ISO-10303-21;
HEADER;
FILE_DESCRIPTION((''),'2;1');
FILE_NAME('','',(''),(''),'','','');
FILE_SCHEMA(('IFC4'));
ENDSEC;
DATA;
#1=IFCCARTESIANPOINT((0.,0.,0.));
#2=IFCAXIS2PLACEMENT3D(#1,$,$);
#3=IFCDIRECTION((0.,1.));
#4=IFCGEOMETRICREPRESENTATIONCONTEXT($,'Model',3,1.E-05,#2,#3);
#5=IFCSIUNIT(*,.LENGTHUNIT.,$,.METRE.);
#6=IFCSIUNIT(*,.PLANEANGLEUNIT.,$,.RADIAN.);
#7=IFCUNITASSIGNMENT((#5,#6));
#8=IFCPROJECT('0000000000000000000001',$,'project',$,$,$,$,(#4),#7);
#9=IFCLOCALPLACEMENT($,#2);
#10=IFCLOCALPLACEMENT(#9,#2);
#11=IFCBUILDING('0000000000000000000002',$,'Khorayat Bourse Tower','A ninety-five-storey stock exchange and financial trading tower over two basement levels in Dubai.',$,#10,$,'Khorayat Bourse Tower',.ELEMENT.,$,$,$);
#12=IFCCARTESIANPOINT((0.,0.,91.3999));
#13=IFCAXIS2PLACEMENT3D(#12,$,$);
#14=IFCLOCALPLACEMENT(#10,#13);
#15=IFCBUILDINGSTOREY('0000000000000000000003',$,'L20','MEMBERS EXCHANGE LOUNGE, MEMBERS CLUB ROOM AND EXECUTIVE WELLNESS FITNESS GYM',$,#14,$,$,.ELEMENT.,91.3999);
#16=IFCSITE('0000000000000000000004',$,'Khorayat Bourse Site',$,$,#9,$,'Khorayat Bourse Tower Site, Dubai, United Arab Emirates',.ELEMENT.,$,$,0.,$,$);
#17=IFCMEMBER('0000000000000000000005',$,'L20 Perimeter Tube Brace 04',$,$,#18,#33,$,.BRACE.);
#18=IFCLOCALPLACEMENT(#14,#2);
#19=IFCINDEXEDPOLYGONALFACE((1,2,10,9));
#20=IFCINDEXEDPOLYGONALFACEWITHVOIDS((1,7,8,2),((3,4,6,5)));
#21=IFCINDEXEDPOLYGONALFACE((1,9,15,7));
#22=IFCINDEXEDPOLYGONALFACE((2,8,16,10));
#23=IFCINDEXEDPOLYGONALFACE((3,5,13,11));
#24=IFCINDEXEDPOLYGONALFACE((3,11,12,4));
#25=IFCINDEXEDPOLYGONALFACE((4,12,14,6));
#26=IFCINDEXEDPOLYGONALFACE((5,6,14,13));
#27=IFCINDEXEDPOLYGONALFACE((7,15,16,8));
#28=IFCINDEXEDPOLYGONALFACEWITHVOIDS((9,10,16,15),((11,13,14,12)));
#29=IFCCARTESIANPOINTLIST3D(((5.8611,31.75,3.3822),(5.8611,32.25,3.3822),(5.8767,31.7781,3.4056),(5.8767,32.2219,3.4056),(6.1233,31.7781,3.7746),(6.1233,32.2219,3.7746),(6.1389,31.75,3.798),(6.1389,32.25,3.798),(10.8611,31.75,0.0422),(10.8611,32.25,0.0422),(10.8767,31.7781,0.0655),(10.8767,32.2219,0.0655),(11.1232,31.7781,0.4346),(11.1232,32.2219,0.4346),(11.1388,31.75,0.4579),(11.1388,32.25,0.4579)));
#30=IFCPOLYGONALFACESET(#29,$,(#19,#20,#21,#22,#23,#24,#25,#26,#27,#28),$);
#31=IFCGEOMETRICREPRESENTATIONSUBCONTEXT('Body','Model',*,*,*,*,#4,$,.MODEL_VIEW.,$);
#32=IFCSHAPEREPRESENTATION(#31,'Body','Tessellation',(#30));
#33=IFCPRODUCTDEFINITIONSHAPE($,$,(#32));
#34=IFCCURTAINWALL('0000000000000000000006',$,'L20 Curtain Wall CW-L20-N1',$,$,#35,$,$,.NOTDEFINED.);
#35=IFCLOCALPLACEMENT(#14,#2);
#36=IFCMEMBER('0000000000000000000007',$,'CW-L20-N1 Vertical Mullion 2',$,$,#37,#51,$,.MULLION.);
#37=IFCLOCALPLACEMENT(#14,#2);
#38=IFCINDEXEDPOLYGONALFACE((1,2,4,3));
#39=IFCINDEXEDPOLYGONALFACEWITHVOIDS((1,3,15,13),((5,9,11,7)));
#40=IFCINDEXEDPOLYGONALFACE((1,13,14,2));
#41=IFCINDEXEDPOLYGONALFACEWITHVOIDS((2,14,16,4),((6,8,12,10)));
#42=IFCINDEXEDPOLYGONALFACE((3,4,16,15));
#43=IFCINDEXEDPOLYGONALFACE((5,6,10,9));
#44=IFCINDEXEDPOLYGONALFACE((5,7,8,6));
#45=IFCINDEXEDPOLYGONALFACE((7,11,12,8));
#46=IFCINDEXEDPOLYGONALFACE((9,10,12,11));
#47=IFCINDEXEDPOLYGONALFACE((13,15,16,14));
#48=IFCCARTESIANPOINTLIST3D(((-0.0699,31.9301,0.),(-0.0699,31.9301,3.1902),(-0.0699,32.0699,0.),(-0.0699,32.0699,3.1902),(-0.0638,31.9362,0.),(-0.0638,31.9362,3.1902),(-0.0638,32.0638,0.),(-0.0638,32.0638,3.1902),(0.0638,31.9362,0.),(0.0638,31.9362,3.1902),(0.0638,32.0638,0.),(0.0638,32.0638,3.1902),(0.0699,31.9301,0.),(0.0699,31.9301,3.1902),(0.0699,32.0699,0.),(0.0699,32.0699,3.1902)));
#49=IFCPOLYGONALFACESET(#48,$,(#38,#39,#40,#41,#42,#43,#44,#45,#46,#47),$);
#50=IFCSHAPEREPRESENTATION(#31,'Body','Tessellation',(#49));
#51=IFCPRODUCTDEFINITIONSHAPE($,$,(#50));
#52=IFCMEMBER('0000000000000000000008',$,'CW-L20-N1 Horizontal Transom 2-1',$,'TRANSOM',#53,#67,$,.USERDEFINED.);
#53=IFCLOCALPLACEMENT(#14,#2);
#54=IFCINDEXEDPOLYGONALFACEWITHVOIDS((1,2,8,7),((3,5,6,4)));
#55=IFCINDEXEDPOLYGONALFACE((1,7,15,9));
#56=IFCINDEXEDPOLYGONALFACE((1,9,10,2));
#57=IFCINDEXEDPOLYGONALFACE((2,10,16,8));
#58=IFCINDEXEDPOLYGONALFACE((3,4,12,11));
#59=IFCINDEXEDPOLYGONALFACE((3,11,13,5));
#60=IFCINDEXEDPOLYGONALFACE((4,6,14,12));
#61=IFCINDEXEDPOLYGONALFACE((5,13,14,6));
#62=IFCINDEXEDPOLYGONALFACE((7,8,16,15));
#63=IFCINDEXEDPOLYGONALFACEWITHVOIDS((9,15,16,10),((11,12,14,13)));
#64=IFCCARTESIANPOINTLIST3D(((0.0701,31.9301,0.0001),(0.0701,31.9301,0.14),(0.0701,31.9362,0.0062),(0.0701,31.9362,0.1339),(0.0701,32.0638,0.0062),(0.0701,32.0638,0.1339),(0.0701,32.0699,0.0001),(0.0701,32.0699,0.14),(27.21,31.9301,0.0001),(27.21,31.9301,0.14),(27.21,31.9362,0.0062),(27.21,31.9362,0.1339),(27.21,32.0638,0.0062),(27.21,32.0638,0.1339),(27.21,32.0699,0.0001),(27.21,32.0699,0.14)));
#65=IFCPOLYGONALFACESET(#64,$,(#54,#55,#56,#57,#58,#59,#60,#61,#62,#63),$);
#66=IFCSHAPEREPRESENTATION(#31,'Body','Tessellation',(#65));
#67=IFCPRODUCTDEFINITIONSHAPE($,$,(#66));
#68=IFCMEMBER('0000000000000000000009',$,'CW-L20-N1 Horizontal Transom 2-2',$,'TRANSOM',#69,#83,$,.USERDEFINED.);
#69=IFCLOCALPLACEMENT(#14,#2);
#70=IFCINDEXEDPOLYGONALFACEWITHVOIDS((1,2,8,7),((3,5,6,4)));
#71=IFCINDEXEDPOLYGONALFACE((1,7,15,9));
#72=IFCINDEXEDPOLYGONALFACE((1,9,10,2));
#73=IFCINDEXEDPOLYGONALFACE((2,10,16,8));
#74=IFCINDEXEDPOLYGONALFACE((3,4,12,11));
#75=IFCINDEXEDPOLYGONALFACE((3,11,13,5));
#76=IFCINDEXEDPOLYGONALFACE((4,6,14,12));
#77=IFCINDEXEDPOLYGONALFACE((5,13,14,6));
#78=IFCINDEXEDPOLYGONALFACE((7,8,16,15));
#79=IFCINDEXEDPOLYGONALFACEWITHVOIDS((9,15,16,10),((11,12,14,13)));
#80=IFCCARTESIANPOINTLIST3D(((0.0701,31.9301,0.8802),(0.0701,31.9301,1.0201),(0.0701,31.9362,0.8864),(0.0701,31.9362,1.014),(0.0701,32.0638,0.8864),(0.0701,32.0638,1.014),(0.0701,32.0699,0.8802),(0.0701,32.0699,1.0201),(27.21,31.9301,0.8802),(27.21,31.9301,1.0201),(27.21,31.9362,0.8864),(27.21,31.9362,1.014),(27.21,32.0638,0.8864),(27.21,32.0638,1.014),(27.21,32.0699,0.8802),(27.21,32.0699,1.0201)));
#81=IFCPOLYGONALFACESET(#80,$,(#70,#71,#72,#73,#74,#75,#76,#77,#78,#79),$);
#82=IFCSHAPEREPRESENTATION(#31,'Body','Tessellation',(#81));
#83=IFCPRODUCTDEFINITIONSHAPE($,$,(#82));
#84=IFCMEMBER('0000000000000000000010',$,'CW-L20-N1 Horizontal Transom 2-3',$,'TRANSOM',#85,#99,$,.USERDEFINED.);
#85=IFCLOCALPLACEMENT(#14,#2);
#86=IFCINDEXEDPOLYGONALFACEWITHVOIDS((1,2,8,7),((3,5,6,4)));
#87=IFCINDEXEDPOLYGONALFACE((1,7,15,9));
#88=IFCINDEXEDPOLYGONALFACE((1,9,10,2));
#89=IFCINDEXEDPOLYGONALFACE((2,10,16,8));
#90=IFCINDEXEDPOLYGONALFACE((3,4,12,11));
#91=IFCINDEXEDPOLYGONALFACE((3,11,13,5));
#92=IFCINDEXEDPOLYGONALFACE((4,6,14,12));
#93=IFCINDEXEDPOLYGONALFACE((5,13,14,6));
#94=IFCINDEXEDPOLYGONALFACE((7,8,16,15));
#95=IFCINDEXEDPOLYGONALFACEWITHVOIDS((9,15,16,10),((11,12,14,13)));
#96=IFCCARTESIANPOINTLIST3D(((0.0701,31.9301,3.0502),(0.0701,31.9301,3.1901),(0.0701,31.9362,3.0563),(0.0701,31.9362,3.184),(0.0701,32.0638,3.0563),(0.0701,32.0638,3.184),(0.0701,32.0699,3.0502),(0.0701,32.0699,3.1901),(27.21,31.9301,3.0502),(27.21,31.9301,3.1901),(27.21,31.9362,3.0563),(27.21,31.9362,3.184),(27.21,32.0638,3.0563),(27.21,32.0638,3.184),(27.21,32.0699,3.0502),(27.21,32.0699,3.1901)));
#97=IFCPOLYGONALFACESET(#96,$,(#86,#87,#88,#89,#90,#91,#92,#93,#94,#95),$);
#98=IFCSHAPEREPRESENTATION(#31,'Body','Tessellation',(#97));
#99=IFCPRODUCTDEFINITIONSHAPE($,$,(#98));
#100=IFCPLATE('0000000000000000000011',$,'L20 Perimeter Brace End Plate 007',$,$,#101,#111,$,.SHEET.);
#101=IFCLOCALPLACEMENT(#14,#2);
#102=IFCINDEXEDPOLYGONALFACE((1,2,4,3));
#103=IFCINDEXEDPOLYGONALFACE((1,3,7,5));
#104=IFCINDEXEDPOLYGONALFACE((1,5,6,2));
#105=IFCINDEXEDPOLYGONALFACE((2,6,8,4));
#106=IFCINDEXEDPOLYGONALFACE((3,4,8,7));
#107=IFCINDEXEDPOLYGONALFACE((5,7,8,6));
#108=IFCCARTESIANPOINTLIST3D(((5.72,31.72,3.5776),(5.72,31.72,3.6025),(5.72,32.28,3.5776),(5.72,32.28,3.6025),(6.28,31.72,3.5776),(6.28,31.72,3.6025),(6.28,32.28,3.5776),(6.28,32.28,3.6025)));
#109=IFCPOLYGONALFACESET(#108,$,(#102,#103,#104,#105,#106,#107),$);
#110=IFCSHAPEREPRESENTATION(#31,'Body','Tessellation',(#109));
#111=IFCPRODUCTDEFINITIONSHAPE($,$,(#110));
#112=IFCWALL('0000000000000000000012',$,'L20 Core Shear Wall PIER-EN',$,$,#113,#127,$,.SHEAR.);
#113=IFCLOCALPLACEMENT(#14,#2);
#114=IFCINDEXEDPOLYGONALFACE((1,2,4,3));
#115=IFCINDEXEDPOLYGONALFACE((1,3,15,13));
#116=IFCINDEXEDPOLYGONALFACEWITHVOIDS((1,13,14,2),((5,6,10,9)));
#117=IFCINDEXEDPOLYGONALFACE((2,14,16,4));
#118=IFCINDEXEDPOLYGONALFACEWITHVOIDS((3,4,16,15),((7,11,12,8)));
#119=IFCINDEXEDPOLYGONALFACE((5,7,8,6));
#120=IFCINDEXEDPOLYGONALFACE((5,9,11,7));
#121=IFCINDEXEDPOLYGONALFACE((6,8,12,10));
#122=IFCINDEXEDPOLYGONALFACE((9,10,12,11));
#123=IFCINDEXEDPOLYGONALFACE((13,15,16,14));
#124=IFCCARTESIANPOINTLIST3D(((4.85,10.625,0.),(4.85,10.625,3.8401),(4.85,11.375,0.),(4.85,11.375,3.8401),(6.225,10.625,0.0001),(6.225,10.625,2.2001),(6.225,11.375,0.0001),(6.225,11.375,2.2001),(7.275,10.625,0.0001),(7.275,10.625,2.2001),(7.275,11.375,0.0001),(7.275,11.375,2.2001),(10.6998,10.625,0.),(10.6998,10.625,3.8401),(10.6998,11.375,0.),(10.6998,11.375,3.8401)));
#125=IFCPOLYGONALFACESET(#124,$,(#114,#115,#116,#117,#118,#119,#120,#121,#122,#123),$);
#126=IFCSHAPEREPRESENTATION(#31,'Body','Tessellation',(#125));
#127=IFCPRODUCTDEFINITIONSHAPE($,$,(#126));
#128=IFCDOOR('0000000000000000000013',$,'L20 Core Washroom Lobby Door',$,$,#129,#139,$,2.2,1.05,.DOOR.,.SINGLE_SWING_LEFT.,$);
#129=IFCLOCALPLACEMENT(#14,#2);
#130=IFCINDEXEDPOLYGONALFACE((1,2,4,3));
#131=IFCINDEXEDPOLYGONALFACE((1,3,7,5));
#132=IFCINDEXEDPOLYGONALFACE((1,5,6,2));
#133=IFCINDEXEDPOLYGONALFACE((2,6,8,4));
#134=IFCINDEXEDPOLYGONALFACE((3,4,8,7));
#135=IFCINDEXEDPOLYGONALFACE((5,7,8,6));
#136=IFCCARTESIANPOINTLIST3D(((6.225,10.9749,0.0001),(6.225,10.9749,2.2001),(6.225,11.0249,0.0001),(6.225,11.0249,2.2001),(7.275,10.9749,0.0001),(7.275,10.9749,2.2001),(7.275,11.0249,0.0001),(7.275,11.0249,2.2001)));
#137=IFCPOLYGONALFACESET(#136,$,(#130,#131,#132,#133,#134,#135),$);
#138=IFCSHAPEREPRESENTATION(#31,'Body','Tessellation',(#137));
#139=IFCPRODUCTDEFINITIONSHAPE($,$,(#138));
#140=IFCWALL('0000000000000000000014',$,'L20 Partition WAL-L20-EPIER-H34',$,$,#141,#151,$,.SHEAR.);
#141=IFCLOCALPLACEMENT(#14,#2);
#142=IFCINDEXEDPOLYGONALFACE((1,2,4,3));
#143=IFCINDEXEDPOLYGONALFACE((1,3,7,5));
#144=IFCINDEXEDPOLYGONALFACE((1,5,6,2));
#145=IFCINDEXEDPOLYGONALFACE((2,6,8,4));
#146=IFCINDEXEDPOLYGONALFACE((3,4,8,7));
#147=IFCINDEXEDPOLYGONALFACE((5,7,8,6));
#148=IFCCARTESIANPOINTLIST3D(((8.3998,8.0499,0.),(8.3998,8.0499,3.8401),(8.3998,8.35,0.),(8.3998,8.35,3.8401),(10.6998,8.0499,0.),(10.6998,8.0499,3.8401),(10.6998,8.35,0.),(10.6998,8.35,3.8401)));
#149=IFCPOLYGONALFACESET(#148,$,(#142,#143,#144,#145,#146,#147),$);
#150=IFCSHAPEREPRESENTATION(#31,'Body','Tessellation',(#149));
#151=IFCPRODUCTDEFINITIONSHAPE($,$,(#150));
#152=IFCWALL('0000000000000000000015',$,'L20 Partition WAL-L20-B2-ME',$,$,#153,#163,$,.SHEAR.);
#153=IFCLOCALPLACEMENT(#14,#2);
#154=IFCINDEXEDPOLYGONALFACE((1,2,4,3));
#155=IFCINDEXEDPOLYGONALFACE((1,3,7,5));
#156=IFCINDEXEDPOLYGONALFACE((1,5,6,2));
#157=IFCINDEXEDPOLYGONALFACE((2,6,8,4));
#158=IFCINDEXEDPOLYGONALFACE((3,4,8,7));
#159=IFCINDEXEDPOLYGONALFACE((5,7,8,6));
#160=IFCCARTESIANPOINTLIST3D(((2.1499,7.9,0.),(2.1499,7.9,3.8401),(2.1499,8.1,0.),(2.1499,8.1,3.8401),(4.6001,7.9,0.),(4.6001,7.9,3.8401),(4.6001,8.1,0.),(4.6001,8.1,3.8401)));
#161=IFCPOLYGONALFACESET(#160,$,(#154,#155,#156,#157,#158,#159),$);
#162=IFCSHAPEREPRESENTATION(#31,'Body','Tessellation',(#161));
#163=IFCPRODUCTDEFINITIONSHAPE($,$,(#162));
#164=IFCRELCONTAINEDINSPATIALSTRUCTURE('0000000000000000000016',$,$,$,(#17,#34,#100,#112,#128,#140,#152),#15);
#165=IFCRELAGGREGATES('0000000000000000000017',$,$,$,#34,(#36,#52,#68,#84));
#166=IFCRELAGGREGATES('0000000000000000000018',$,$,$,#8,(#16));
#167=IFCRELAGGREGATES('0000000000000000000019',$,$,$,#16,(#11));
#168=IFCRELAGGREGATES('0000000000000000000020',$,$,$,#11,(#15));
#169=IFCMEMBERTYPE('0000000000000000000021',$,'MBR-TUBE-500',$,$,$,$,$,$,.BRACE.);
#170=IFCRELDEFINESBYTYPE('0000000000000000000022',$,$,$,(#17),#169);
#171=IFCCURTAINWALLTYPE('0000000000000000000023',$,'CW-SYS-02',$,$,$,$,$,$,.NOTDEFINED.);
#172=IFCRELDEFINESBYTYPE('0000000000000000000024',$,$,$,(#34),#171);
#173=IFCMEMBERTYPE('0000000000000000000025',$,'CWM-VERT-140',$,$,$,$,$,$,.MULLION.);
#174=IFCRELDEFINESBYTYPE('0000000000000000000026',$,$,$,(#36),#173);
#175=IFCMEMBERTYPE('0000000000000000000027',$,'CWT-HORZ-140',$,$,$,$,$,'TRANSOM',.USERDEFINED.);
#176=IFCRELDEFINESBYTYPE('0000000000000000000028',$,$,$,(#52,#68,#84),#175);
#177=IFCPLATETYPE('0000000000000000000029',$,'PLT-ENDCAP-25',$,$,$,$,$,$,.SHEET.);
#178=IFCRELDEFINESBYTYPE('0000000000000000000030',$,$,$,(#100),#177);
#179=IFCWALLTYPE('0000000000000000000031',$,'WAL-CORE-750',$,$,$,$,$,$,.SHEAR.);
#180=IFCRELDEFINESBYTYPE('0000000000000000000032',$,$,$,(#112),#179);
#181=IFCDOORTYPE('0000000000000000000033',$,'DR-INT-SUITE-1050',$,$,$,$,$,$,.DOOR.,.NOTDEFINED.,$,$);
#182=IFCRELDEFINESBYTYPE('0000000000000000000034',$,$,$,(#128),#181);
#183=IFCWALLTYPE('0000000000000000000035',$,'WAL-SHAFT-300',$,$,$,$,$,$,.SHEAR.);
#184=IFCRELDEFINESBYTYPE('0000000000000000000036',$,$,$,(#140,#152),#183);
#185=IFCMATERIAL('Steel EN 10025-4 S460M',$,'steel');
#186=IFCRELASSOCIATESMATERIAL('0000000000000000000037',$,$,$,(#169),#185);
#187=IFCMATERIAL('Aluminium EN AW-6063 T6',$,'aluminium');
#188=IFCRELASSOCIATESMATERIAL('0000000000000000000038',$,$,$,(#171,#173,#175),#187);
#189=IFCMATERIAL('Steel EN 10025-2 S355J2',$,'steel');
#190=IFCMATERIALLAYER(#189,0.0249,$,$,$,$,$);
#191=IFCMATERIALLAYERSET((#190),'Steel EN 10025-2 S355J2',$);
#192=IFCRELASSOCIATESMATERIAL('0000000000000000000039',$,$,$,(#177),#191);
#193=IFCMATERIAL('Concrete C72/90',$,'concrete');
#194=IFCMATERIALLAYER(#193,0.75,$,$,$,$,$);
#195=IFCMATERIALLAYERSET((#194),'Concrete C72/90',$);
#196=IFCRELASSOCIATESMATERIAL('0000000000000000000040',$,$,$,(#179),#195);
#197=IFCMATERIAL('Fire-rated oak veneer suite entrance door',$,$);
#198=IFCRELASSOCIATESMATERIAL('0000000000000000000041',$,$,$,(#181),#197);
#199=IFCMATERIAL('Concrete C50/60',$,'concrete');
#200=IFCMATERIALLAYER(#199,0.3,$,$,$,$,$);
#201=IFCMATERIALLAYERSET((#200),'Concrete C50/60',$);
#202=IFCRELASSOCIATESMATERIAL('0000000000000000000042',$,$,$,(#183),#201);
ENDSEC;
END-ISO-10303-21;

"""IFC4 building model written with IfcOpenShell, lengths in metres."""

from ifc_helpers import new_model, si_unit, direction, frame, frame_2d, origin, origin_2d, place, context, subcontext, project, spatial, rectangle, hollow_rectangle, extrude, source, transform, mapped, material, layer, layer_set, material_profile, profile_set, type_object, element, fill, aggregate, save


model = new_model("IFC4")

# Units and contexts
model_context = context("Model", 3, precision=1e-05, world=origin(), true_north=direction((0.0, 1.0)))
body_context = subcontext(model_context, "Body", "Model", "MODEL_VIEW")
ifc_project = project(units=[si_unit("LENGTHUNIT", "METRE"), si_unit("PLANEANGLEUNIT", "RADIAN")], contexts=[model_context])

# Site, building, storey
site_placement = place(None, origin())
site = spatial("IfcSite", under=ifc_project, at=site_placement, Name="Khorayat Bourse Site", LongName="Khorayat Bourse Tower Site, Dubai, United Arab Emirates", CompositionType="ELEMENT", RefElevation=0.0)
building_placement = place(site_placement, origin())
building = spatial("IfcBuilding", under=site, at=building_placement, Name="Khorayat Bourse Tower", Description="A ninety-five-storey stock exchange and financial trading tower over two basement levels in Dubai.", LongName="Khorayat Bourse Tower", CompositionType="ELEMENT")
storey_placement = place(building_placement, frame((0.0, 0.0, 91.3999)))
storey = spatial("IfcBuildingStorey", under=building, at=storey_placement, Name="L20", Description="MEMBERS EXCHANGE LOUNGE, MEMBERS CLUB ROOM AND EXECUTIVE WELLNESS FITNESS GYM", CompositionType="ELEMENT", Elevation=91.3999)

# Shared definitions
ifc_material_1 = material(Name="Steel EN 10025-4 S460M", Category="steel")
ifc_material_2 = material(Name="Concrete C72/90", Category="concrete")

# Member
ifc_material_profile_1 = material_profile(ifc_material_1, hollow_rectangle(XDim=0.5, YDim=0.5, WallThickness=0.0281, at=origin_2d()), Name="HSS 500x500x28")
ifc_profile_set_1 = profile_set([ifc_material_profile_1], Name="Steel EN 10025-4 S460M")
member_type_1 = type_object("IfcMemberType", Name="MBR-TUBE-500", PredefinedType="BRACE", material=ifc_profile_set_1)
shared_shape_1 = source(origin(), body_context, "Body", "SweptSolid", [
    extrude(hollow_rectangle(XDim=0.5, YDim=0.5, WallThickness=0.0281, at=origin_2d()), origin(), (0.0, 0.0, 1.0), 6.0129),
])
member_1_placement = place(storey_placement, frame((6.0, 32.0, 3.5901), z_axis=(0.831531, 0.0, -0.555478), x_axis=(0.0, 1.0, 0.0)))
element("IfcMember", 1, at=member_1_placement, inside=storey, type_object=member_type_1, Name="L20 Perimeter Tube Brace 04", PredefinedType="BRACE", context=body_context, shape_type="MappedRepresentation", body=[
    mapped(shared_shape_1, transform((0.0, 0.0, 0.0), scale=1.0)),
])

# Curtain wall, members
ifc_material_3 = material(Name="Aluminium EN AW-6063 T6", Category="aluminium")
curtain_wall_type = type_object("IfcCurtainWallType", Name="CW-SYS-02", PredefinedType="NOTDEFINED", material=ifc_material_3)
curtain_wall_placement = place(storey_placement, origin())
curtain_wall = element("IfcCurtainWall", 2, at=curtain_wall_placement, inside=storey, type_object=curtain_wall_type, Name="L20 Curtain Wall CW-L20-N1", PredefinedType="NOTDEFINED")
ifc_material_profile_2 = material_profile(ifc_material_3, hollow_rectangle(XDim=0.1399, YDim=0.1399, WallThickness=0.0061, at=origin_2d()), Name="ALU 140x140x6")
ifc_profile_set_2 = profile_set([ifc_material_profile_2], Name="Aluminium EN AW-6063 T6")
member_type_2 = type_object("IfcMemberType", Name="CWM-VERT-140", PredefinedType="MULLION", material=ifc_profile_set_2)
shared_shape_2 = source(origin(), body_context, "Body", "SweptSolid", [
    extrude(hollow_rectangle(XDim=0.1399, YDim=0.1399, WallThickness=0.0061, at=origin_2d()), origin(), (0.0, 0.0, 1.0), 3.1902),
])
member_2_placement = place(storey_placement, frame((0.0, 32.0, 0.0), z_axis=(0.0, 0.0, 1.0), x_axis=(0.0, 1.0, 0.0)))
member_2 = element("IfcMember", 3, at=member_2_placement, type_object=member_type_2, Name="CW-L20-N1 Vertical Mullion 2", PredefinedType="MULLION", context=body_context, shape_type="MappedRepresentation", body=[
    mapped(shared_shape_2, transform((0.0, 0.0, 0.0), scale=1.0)),
])
ifc_material_profile_3 = material_profile(ifc_material_3, hollow_rectangle(XDim=0.1399, YDim=0.1399, WallThickness=0.0061, at=origin_2d()), Name="ALU 140x140x6")
ifc_profile_set_3 = profile_set([ifc_material_profile_3], Name="Aluminium EN AW-6063 T6")
member_type_3 = type_object("IfcMemberType", Name="CWT-HORZ-140", ElementType="TRANSOM", PredefinedType="USERDEFINED", material=ifc_profile_set_3)
shared_shape_3 = source(origin(), body_context, "Body", "SweptSolid", [
    extrude(hollow_rectangle(XDim=0.1399, YDim=0.1399, WallThickness=0.0061, at=origin_2d()), origin(), (0.0, 0.0, 1.0), 27.1399),
])
member_3_placement = place(storey_placement, frame((0.0701, 32.0, 0.0701), z_axis=(1.0, 0.0, 0.0), x_axis=(0.0, 1.0, 0.0)))
member_3 = element("IfcMember", 4, at=member_3_placement, type_object=member_type_3, Name="CW-L20-N1 Horizontal Transom 2-1", ObjectType="TRANSOM", PredefinedType="USERDEFINED", context=body_context, shape_type="MappedRepresentation", body=[
    mapped(shared_shape_3, transform((0.0, 0.0, 0.0), scale=1.0)),
])
member_4_placement = place(storey_placement, frame((0.0701, 32.0, 0.9502), z_axis=(1.0, 0.0, 0.0), x_axis=(0.0, 1.0, 0.0)))
member_4 = element("IfcMember", 5, at=member_4_placement, type_object=member_type_3, Name="CW-L20-N1 Horizontal Transom 2-2", ObjectType="TRANSOM", PredefinedType="USERDEFINED", context=body_context, shape_type="MappedRepresentation", body=[
    mapped(shared_shape_3, transform((0.0, 0.0, 0.0), scale=1.0)),
])
member_5_placement = place(storey_placement, frame((0.0701, 32.0, 3.1201), z_axis=(1.0, 0.0, 0.0), x_axis=(0.0, 1.0, 0.0)))
member_5 = element("IfcMember", 6, at=member_5_placement, type_object=member_type_3, Name="CW-L20-N1 Horizontal Transom 2-3", ObjectType="TRANSOM", PredefinedType="USERDEFINED", context=body_context, shape_type="MappedRepresentation", body=[
    mapped(shared_shape_3, transform((0.0, 0.0, 0.0), scale=1.0)),
])
aggregate(curtain_wall, [member_2, member_3, member_4, member_5])

# Plate
ifc_material_4 = material(Name="Steel EN 10025-2 S355J2", Category="steel")
ifc_layer_1 = layer(ifc_material_4, 0.0249)
ifc_layer_set_1 = layer_set([ifc_layer_1], Name="Steel EN 10025-2 S355J2")
plate_type = type_object("IfcPlateType", Name="PLT-ENDCAP-25", PredefinedType="SHEET", material=ifc_layer_set_1)
shared_shape_4 = source(origin(), body_context, "Body", "SweptSolid", [
    extrude(rectangle(XDim=0.5601, YDim=0.5601, at=origin_2d()), origin(), (0.0, 0.0, 1.0), 0.0249),
])
plate_placement = place(storey_placement, frame((6.0, 32.0, 3.5776), z_axis=(0.0, 0.0, 1.0), x_axis=(1.0, 0.0, 0.0)))
element("IfcPlate", 7, at=plate_placement, inside=storey, type_object=plate_type, Name="L20 Perimeter Brace End Plate 007", PredefinedType="SHEET", context=body_context, shape_type="MappedRepresentation", body=[
    mapped(shared_shape_4, transform((0.0, 0.0, 0.0), scale=1.0)),
])

# Wall, opening, door
ifc_layer_2 = layer(ifc_material_2, 0.75)
ifc_layer_set_2 = layer_set([ifc_layer_2], Name="Concrete C72/90")
wall_type_1 = type_object("IfcWallType", Name="WAL-CORE-750", PredefinedType="SHEAR", material=ifc_layer_set_2)
shared_shape_5 = source(origin(), body_context, "Body", "SweptSolid", [
    extrude(rectangle(XDim=5.8499, YDim=0.75, at=frame_2d((2.9248, 0.0))), origin(), (0.0, 0.0, 1.0), 3.8401),
])
wall_1_placement = place(storey_placement, frame((4.8501, 11.0, 0.0), z_axis=(0.0, 0.0, 1.0), x_axis=(1.0, 0.0, 0.0)))
wall_1 = element("IfcWall", 8, at=wall_1_placement, inside=storey, type_object=wall_type_1, Name="L20 Core Shear Wall PIER-EN", PredefinedType="SHEAR", context=body_context, shape_type="MappedRepresentation", body=[
    mapped(shared_shape_5, transform((0.0, 0.0, 0.0), scale=1.0)),
])
shared_shape_6 = source(origin(), body_context, "Body", "SweptSolid", [
    extrude(rectangle(XDim=1.05, YDim=2.2, at=frame_2d((0.5249, 1.1001))), frame((0.0, 0.385, 0.0), z_axis=(0.0, -1.0, 0.0), x_axis=(1.0, 0.0, 0.0)), (0.0, 0.0, 1.0), 0.77),
])
opening_1_placement = place(wall_1_placement, frame((1.375, 0.0, 0.0)))
opening_1 = element("IfcOpeningElement", 9, at=opening_1_placement, cuts=wall_1, PredefinedType="OPENING", context=body_context, shape_type="MappedRepresentation", body=[
    mapped(shared_shape_6, transform((0.0, 0.0, 0.0), scale=1.0)),
])
ifc_material_5 = material(Name="Fire-rated oak veneer suite entrance door")
door_type_1 = type_object("IfcDoorType", Name="DR-INT-SUITE-1050", OperationType="NOTDEFINED", PredefinedType="DOOR", material=ifc_material_5)
shared_shape_7 = source(origin(), body_context, "Body", "SweptSolid", [
    extrude(rectangle(XDim=1.05, YDim=2.2, at=frame_2d((0.5249, 1.1001))), frame((0.0, 0.0249, 0.0), z_axis=(0.0, -1.0, 0.0), x_axis=(1.0, 0.0, 0.0)), (0.0, 0.0, 1.0), 0.05),
])
door_1_placement = place(opening_1_placement, origin())
door_1 = element("IfcDoor", 10, at=door_1_placement, inside=storey, type_object=door_type_1, Name="L20 Core Washroom Lobby Door", OperationType="SINGLE_SWING_LEFT", OverallHeight=2.2, OverallWidth=1.05, PredefinedType="DOOR", context=body_context, shape_type="MappedRepresentation", body=[
    mapped(shared_shape_7, transform((0.0, 0.0, 0.0), scale=1.0)),
])
fill(opening_1, door_1)

# Wall
ifc_material_6 = material(Name="Concrete C50/60", Category="concrete")
ifc_layer_3 = layer(ifc_material_6, 0.3)
ifc_layer_set_3 = layer_set([ifc_layer_3], Name="Concrete C50/60")
wall_type_2 = type_object("IfcWallType", Name="WAL-SHAFT-300", PredefinedType="SHEAR", material=ifc_layer_set_3)
shared_shape_8 = source(origin(), body_context, "Body", "SweptSolid", [
    extrude(rectangle(XDim=2.3, YDim=0.3, at=frame_2d((1.1499, 0.0))), origin(), (0.0, 0.0, 1.0), 3.8401),
])
wall_2_placement = place(storey_placement, frame((8.3999, 8.2, 0.0), z_axis=(0.0, 0.0, 1.0), x_axis=(1.0, 0.0, 0.0)))
element("IfcWall", 11, at=wall_2_placement, inside=storey, type_object=wall_type_2, Name="L20 Partition WAL-L20-EPIER-H34", PredefinedType="SHEAR", context=body_context, shape_type="MappedRepresentation", body=[
    mapped(shared_shape_8, transform((0.0, 0.0, 0.0), scale=1.0)),
])

# Wall
shared_shape_9 = source(origin(), body_context, "Body", "SweptSolid", [
    extrude(rectangle(XDim=2.4502, YDim=0.2, at=frame_2d((1.2251, 0.0))), origin(), (0.0, 0.0, 1.0), 3.8401),
])
wall_3_placement = place(storey_placement, frame((2.1499, 8.0, 0.0), z_axis=(0.0, 0.0, 1.0), x_axis=(1.0, 0.0, 0.0)))
element("IfcWall", 12, at=wall_3_placement, inside=storey, type_object=wall_type_2, Name="L20 Partition WAL-L20-B2-ME", PredefinedType="SHEAR", context=body_context, shape_type="MappedRepresentation", body=[
    mapped(shared_shape_9, transform((0.0, 0.0, 0.0), scale=1.0)),
])

save(model, "model.ifc")
